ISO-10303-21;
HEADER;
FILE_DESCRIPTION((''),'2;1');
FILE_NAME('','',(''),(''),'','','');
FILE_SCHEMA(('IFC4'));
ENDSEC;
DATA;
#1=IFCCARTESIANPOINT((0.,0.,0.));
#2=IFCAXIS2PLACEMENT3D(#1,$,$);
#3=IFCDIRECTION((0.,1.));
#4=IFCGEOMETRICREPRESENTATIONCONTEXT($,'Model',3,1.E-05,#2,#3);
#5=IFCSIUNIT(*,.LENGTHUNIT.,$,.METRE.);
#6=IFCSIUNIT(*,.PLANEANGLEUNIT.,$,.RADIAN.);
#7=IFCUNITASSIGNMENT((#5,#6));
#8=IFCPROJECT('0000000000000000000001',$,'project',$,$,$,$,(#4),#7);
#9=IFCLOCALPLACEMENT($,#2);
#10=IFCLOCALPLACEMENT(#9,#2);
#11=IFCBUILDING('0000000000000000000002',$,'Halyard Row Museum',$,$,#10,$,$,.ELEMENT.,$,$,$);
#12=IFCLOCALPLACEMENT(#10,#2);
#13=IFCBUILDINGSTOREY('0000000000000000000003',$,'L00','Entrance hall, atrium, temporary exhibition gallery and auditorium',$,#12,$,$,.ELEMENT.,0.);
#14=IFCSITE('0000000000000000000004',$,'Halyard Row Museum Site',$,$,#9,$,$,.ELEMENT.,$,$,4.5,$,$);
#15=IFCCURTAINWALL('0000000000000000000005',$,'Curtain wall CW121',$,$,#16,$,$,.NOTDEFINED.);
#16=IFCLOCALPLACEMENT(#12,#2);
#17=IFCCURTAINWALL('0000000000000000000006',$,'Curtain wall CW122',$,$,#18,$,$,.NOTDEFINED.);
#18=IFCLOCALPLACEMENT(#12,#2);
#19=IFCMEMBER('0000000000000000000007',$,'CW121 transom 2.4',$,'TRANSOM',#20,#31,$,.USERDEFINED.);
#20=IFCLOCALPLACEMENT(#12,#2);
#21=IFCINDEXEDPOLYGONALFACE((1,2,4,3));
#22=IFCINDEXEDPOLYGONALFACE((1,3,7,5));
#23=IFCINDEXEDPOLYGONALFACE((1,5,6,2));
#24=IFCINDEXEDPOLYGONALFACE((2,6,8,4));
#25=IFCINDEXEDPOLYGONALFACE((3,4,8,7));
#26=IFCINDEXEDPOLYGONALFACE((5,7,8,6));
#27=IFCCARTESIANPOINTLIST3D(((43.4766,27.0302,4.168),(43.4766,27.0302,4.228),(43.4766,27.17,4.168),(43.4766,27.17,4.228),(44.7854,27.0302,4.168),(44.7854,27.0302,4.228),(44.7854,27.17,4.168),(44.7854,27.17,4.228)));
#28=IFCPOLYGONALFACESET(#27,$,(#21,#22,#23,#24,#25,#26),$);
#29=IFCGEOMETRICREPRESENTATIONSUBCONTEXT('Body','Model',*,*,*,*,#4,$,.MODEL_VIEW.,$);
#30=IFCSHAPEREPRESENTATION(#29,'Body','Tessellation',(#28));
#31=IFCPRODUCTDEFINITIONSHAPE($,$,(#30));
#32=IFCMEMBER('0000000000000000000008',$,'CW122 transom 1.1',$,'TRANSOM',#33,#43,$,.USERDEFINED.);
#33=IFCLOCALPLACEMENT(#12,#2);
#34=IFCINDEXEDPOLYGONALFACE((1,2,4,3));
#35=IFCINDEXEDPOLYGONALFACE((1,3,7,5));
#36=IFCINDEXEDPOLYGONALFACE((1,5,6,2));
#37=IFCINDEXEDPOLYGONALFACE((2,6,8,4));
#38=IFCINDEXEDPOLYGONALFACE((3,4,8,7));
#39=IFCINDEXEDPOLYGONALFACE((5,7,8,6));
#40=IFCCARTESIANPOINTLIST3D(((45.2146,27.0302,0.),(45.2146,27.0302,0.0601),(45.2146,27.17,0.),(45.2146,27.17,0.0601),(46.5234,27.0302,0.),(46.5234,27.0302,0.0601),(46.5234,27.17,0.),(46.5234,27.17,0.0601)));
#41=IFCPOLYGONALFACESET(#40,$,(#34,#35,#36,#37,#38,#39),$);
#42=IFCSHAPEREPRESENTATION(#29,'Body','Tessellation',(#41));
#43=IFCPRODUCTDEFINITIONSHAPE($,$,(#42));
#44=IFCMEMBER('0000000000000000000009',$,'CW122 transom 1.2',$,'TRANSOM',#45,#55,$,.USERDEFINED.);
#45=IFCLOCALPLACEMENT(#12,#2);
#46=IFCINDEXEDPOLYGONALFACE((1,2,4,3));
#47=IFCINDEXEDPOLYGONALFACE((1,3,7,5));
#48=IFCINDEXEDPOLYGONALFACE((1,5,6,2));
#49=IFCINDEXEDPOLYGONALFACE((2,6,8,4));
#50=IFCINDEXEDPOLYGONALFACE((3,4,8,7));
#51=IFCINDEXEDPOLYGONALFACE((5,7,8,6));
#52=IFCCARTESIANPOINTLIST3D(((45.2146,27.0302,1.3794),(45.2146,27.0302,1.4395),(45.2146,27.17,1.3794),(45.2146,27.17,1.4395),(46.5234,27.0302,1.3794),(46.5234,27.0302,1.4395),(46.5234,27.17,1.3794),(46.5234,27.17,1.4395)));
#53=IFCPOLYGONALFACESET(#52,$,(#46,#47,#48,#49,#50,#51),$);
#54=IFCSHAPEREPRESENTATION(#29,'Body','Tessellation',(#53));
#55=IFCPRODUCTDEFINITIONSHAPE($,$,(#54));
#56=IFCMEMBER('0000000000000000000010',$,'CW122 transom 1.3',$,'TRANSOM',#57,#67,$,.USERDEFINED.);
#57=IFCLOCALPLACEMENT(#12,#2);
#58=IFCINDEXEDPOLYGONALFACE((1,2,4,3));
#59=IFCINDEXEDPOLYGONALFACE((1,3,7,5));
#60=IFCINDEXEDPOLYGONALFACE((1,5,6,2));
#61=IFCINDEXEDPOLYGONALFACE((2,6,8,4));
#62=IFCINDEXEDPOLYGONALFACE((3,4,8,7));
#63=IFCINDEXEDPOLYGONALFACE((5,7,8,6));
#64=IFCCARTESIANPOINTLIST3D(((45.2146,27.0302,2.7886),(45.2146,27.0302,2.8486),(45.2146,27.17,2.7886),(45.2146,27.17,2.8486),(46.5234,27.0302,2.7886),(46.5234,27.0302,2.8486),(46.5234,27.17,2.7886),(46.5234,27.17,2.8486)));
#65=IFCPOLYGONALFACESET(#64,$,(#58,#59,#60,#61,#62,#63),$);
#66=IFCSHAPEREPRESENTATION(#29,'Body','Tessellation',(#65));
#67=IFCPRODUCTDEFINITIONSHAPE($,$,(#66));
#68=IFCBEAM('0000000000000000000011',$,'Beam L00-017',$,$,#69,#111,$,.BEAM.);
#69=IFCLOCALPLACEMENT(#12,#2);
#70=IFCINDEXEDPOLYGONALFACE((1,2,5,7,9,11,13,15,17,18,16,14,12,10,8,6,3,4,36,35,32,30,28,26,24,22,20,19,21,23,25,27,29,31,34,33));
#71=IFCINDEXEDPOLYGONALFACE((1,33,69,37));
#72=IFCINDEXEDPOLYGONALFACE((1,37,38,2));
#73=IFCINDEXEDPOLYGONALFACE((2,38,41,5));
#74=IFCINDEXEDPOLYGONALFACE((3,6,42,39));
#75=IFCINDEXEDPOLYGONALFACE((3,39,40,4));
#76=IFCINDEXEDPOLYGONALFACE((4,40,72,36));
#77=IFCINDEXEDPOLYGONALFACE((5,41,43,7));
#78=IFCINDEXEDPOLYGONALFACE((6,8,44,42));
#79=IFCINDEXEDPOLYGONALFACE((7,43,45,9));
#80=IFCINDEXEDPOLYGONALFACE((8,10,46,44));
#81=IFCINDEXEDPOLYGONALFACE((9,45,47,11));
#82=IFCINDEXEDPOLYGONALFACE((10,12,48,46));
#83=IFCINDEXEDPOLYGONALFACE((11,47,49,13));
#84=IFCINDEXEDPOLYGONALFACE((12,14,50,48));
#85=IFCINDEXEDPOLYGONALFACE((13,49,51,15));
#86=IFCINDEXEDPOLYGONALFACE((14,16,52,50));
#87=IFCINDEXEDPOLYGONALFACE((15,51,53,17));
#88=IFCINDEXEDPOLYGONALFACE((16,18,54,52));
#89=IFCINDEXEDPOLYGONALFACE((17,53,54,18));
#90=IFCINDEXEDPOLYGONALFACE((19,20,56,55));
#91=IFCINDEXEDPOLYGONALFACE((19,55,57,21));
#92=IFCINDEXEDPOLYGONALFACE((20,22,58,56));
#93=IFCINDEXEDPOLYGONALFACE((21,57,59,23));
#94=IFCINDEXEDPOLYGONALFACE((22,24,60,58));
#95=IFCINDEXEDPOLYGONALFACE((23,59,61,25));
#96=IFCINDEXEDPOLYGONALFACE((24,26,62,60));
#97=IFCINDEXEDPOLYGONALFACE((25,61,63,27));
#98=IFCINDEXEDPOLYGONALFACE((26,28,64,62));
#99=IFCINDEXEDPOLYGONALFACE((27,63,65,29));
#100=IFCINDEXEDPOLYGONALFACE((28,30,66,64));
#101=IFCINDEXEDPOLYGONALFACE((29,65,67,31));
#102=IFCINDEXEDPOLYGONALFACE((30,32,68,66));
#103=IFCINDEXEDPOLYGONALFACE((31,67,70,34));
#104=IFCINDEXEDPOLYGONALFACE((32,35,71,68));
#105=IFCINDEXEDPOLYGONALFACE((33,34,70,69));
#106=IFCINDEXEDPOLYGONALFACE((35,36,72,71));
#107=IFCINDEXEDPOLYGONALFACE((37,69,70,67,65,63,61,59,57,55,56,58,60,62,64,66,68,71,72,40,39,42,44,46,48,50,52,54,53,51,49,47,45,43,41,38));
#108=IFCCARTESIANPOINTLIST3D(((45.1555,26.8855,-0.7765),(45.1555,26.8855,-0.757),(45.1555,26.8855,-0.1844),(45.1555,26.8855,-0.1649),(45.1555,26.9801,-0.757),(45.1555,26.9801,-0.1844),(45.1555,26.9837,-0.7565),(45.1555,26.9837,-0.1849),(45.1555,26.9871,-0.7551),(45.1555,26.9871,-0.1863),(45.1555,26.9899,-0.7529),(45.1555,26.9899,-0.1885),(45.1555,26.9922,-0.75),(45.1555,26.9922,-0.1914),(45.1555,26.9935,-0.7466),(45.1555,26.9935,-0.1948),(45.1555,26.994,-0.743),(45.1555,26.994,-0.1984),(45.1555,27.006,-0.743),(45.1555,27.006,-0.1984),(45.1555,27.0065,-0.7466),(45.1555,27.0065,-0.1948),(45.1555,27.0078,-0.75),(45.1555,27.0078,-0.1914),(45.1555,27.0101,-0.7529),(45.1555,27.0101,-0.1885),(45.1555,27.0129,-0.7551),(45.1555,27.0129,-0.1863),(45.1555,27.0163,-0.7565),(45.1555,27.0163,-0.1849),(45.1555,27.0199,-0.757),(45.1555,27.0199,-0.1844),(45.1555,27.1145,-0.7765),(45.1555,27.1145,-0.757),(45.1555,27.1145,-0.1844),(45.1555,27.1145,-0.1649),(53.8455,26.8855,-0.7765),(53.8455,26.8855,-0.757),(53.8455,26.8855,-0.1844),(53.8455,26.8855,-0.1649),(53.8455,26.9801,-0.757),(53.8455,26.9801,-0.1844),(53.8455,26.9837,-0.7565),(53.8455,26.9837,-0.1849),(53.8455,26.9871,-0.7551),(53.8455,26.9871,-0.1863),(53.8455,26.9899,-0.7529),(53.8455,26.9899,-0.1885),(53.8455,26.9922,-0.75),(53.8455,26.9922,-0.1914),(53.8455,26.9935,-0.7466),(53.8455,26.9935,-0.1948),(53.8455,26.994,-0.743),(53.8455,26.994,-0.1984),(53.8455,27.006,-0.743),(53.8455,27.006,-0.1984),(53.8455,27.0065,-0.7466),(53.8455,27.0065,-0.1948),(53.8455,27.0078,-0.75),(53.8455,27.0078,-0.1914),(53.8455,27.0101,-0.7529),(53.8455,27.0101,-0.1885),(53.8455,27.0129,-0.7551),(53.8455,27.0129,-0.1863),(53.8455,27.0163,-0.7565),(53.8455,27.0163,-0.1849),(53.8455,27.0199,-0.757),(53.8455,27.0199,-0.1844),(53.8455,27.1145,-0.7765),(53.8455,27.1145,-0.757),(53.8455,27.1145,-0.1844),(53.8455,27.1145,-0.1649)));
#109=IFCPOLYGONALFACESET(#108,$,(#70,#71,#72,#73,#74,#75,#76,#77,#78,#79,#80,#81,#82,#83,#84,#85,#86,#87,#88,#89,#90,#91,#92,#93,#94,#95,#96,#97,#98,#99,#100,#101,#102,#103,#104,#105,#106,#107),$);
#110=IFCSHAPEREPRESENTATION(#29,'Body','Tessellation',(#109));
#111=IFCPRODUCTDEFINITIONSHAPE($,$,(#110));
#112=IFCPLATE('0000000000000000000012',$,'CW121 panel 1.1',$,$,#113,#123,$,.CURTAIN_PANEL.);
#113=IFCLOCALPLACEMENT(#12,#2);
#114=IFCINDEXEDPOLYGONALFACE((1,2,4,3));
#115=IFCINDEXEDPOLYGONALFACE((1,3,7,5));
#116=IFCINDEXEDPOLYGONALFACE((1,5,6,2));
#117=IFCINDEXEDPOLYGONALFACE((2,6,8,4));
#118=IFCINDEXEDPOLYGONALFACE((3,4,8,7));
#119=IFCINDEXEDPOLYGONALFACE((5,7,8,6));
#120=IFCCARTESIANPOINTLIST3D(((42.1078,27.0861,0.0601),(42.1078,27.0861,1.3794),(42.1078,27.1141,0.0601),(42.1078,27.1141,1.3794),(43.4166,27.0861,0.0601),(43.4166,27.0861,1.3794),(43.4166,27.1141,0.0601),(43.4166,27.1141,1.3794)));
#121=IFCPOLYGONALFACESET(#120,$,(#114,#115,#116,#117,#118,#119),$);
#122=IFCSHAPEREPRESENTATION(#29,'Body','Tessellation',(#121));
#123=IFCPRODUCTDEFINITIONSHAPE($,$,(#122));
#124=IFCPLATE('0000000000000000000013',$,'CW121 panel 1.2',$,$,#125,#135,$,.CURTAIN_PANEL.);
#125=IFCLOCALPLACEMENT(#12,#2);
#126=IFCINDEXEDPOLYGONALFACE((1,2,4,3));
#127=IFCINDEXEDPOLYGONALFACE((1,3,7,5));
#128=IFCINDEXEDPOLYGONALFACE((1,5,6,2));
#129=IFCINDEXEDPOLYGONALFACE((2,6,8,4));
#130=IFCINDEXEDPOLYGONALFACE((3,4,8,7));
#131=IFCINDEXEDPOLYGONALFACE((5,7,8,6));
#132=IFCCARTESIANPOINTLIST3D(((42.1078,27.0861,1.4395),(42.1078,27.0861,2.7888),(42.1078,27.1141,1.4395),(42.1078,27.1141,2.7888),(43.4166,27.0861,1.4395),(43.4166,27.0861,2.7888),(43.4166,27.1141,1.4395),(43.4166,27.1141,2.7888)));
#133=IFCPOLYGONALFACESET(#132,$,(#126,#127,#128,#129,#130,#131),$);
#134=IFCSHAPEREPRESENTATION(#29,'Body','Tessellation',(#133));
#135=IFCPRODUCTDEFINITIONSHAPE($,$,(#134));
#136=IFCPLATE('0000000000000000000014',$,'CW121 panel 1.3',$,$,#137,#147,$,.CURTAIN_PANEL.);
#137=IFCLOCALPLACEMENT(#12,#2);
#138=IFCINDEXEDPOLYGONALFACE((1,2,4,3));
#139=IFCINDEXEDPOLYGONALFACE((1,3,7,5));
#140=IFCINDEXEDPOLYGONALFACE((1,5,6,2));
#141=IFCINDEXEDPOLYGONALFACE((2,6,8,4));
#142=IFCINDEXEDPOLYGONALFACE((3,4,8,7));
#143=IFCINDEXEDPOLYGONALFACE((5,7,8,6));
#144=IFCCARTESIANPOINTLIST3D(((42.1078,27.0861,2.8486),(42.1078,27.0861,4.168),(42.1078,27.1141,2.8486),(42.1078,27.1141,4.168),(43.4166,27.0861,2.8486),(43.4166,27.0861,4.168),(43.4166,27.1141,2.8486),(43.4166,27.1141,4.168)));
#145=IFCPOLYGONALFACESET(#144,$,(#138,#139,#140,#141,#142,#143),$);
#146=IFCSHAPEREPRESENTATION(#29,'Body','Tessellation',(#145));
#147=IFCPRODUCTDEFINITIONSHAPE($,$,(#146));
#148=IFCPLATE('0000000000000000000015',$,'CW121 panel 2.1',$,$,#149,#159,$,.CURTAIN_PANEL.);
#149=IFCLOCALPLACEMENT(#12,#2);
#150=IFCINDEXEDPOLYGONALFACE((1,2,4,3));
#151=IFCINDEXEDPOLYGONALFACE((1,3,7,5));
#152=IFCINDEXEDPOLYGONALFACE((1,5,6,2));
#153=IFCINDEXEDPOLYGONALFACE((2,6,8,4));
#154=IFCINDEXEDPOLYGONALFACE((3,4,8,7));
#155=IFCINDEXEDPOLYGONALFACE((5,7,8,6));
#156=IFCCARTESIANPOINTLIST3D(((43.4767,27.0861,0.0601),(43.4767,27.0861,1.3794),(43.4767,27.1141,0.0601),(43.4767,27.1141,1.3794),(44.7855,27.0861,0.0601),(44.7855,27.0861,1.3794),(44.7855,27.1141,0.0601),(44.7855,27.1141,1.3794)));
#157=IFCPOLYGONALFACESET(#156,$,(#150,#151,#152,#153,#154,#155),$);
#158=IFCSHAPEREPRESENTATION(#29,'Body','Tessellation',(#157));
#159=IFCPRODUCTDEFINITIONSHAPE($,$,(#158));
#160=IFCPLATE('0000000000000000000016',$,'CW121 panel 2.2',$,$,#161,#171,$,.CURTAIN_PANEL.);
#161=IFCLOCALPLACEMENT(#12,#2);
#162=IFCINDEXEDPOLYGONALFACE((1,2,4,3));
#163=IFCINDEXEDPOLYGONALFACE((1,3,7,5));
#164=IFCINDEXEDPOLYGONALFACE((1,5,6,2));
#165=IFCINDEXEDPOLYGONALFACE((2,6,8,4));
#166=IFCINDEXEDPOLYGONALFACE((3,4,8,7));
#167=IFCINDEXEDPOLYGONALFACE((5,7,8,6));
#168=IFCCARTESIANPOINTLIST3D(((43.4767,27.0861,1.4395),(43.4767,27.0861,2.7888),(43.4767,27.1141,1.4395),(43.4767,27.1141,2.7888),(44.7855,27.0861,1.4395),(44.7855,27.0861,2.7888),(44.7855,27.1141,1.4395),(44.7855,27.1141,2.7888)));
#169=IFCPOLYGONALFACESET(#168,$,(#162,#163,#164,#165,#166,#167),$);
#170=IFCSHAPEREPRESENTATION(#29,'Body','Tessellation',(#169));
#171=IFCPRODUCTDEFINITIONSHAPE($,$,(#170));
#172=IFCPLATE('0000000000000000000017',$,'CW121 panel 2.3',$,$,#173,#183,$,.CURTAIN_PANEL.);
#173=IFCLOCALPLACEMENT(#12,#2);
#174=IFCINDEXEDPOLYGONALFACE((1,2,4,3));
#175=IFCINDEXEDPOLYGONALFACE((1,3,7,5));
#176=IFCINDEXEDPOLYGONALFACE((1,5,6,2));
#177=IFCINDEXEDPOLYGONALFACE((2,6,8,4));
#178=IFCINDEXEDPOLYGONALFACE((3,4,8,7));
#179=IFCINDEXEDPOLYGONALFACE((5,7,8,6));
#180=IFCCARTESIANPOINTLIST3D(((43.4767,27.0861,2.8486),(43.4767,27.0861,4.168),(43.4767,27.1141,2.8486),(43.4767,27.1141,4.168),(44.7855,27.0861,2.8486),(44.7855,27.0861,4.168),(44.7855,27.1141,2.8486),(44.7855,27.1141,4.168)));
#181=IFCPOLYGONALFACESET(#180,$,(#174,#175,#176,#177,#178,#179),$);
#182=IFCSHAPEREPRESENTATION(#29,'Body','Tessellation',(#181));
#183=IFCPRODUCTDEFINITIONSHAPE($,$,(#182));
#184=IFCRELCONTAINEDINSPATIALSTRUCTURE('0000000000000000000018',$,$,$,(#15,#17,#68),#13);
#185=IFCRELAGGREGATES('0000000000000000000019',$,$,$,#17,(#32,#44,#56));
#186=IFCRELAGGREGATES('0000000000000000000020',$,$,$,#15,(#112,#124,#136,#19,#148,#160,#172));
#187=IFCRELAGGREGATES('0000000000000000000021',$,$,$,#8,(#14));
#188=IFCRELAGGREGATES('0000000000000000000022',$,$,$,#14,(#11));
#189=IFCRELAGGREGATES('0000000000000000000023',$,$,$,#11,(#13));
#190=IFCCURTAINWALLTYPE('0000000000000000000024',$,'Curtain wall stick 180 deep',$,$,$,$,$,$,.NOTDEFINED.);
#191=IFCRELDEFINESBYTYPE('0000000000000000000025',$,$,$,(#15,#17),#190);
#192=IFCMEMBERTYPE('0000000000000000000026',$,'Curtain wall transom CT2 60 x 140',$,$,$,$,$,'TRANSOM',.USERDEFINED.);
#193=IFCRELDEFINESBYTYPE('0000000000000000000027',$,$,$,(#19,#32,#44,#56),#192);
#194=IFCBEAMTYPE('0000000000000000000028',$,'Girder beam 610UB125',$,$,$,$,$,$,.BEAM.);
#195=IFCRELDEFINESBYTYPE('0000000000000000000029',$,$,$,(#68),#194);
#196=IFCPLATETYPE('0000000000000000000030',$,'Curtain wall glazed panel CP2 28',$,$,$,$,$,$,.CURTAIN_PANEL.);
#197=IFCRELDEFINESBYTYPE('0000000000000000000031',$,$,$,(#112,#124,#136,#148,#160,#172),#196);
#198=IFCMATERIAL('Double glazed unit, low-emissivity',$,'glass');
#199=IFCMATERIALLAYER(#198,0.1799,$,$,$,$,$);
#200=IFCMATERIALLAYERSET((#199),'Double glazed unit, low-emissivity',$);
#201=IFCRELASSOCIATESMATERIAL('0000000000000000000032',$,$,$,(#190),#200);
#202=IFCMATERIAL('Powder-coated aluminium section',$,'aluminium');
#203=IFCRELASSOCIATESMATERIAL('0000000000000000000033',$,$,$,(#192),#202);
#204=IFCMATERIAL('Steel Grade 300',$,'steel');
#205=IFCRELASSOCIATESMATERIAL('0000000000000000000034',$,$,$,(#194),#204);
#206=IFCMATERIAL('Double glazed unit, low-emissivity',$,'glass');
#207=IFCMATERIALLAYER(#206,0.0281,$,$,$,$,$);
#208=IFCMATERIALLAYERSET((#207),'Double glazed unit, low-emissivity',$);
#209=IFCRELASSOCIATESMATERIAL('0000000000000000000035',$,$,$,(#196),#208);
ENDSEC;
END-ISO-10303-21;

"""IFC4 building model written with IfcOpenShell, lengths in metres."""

from ifc_helpers import new_model, si_unit, direction, frame, origin, origin_2d, place, context, subcontext, project, spatial, rectangle, i_section, extrude, material, layer, layer_set, material_profile, profile_set, type_object, element, aggregate, save


model = new_model("IFC4")

# Units and contexts
model_context = context("Model", 3, precision=1e-05, world=origin(), true_north=direction((0.0, 1.0)))
body_context = subcontext(model_context, "Body", "Model", "MODEL_VIEW")
ifc_project = project(units=[si_unit("LENGTHUNIT", "METRE"), si_unit("PLANEANGLEUNIT", "RADIAN")], contexts=[model_context])

# Site, building, storey
site_placement = place(None, origin())
site = spatial("IfcSite", under=ifc_project, at=site_placement, Name="Halyard Row Museum Site", CompositionType="ELEMENT", RefElevation=4.5)
building_placement = place(site_placement, origin())
building = spatial("IfcBuilding", under=site, at=building_placement, Name="Halyard Row Museum", CompositionType="ELEMENT")
storey_placement = place(building_placement, origin())
storey = spatial("IfcBuildingStorey", under=building, at=storey_placement, Name="L00", Description="Entrance hall, atrium, temporary exhibition gallery and auditorium", CompositionType="ELEMENT", Elevation=0.0)

# Curtain wall
ifc_material_1 = material(Name="Double glazed unit, low-emissivity", Category="glass")
ifc_layer_1 = layer(ifc_material_1, 0.1799)
ifc_layer_set_1 = layer_set([ifc_layer_1], Name="Double glazed unit, low-emissivity")
curtain_wall_type = type_object("IfcCurtainWallType", Name="Curtain wall stick 180 deep", PredefinedType="NOTDEFINED", material=ifc_layer_set_1)
curtain_wall_1_placement = place(storey_placement, origin())
curtain_wall_1 = element("IfcCurtainWall", 1, at=curtain_wall_1_placement, inside=storey, type_object=curtain_wall_type, Name="Curtain wall CW121", PredefinedType="NOTDEFINED")

# Curtain wall
curtain_wall_2_placement = place(storey_placement, origin())
curtain_wall_2 = element("IfcCurtainWall", 2, at=curtain_wall_2_placement, inside=storey, type_object=curtain_wall_type, Name="Curtain wall CW122", PredefinedType="NOTDEFINED")

# Members
ifc_material_2 = material(Name="Powder-coated aluminium section", Category="aluminium")
ifc_material_profile_1 = material_profile(ifc_material_2, rectangle(XDim=0.1399, YDim=0.0601, at=origin_2d()), Name="140x60 transom")
ifc_profile_set_1 = profile_set([ifc_material_profile_1], Name="Powder-coated aluminium section")
member_type_1 = type_object("IfcMemberType", Name="Curtain wall transom CT2 60 x 140", ElementType="TRANSOM", PredefinedType="USERDEFINED", material=ifc_profile_set_1)
member_1_placement = place(storey_placement, frame((43.4766, 27.1001, 4.198), z_axis=(1.0, 0.0, 0.0), x_axis=(0.0, 1.0, 0.0)))
member_1 = element("IfcMember", 3, at=member_1_placement, type_object=member_type_1, Name="CW121 transom 2.4", ObjectType="TRANSOM", PredefinedType="USERDEFINED", context=body_context, shape_type="SweptSolid", body=[
    extrude(rectangle(XDim=0.1399, YDim=0.0601, at=origin_2d()), origin(), (0.0, 0.0, 1.0), 1.3088),
])
member_2_placement = place(storey_placement, frame((45.2146, 27.1001, 0.03), z_axis=(1.0, 0.0, 0.0), x_axis=(0.0, 1.0, 0.0)))
member_2 = element("IfcMember", 4, at=member_2_placement, type_object=member_type_1, Name="CW122 transom 1.1", ObjectType="TRANSOM", PredefinedType="USERDEFINED", context=body_context, shape_type="SweptSolid", body=[
    extrude(rectangle(XDim=0.1399, YDim=0.0601, at=origin_2d()), origin(), (0.0, 0.0, 1.0), 1.3088),
])
member_3_placement = place(storey_placement, frame((45.2146, 27.1001, 1.4094), z_axis=(1.0, 0.0, 0.0), x_axis=(0.0, 1.0, 0.0)))
member_3 = element("IfcMember", 5, at=member_3_placement, type_object=member_type_1, Name="CW122 transom 1.2", ObjectType="TRANSOM", PredefinedType="USERDEFINED", context=body_context, shape_type="SweptSolid", body=[
    extrude(rectangle(XDim=0.1399, YDim=0.0601, at=origin_2d()), origin(), (0.0, 0.0, 1.0), 1.3088),
])
member_4_placement = place(storey_placement, frame((45.2146, 27.1001, 2.8186), z_axis=(1.0, 0.0, 0.0), x_axis=(0.0, 1.0, 0.0)))
member_4 = element("IfcMember", 6, at=member_4_placement, type_object=member_type_1, Name="CW122 transom 1.3", ObjectType="TRANSOM", PredefinedType="USERDEFINED", context=body_context, shape_type="SweptSolid", body=[
    extrude(rectangle(XDim=0.1399, YDim=0.0601, at=origin_2d()), origin(), (0.0, 0.0, 1.0), 1.3088),
])
aggregate(curtain_wall_2, [member_2, member_3, member_4])

# Beam
ifc_material_3 = material(Name="Steel Grade 300", Category="steel")
ifc_material_profile_2 = material_profile(ifc_material_3, i_section(OverallWidth=0.229, OverallDepth=0.6116, WebThickness=0.012, FlangeThickness=0.0195, FilletRadius=0.0139, at=origin_2d()), Name="610UB125")
ifc_profile_set_2 = profile_set([ifc_material_profile_2], Name="Steel Grade 300")
beam_type = type_object("IfcBeamType", Name="Girder beam 610UB125", PredefinedType="BEAM", material=ifc_profile_set_2)
beam_placement = place(storey_placement, frame((45.1555, 27.0, -0.4707), z_axis=(1.0, 0.0, 0.0), x_axis=(0.0, 1.0, 0.0)))
element("IfcBeam", 7, at=beam_placement, inside=storey, type_object=beam_type, Name="Beam L00-017", PredefinedType="BEAM", context=body_context, shape_type="SweptSolid", body=[
    extrude(i_section(OverallWidth=0.229, OverallDepth=0.6116, WebThickness=0.012, FlangeThickness=0.0195, FilletRadius=0.0139, at=origin_2d()), origin(), (0.0, 0.0, 1.0), 8.6899),
])

# Plates
ifc_material_4 = material(Name="Double glazed unit, low-emissivity", Category="glass")
ifc_layer_2 = layer(ifc_material_4, 0.0281)
ifc_layer_set_2 = layer_set([ifc_layer_2], Name="Double glazed unit, low-emissivity")
plate_type = type_object("IfcPlateType", Name="Curtain wall glazed panel CP2 28", PredefinedType="CURTAIN_PANEL", material=ifc_layer_set_2)
plate_1_placement = place(storey_placement, frame((42.7622, 27.1001, 0.0601), z_axis=(0.0, 0.0, 1.0), x_axis=(1.0, 0.0, 0.0)))
plate_1 = element("IfcPlate", 8, at=plate_1_placement, type_object=plate_type, Name="CW121 panel 1.1", PredefinedType="CURTAIN_PANEL", context=body_context, shape_type="SweptSolid", body=[
    extrude(rectangle(XDim=1.3088, YDim=0.0281, at=origin_2d()), origin(), (0.0, 0.0, 1.0), 1.3193),
])
plate_2_placement = place(storey_placement, frame((42.7622, 27.1001, 1.4395), z_axis=(0.0, 0.0, 1.0), x_axis=(1.0, 0.0, 0.0)))
plate_2 = element("IfcPlate", 9, at=plate_2_placement, type_object=plate_type, Name="CW121 panel 1.2", PredefinedType="CURTAIN_PANEL", context=body_context, shape_type="SweptSolid", body=[
    extrude(rectangle(XDim=1.3088, YDim=0.0281, at=origin_2d()), origin(), (0.0, 0.0, 1.0), 1.3494),
])
plate_3_placement = place(storey_placement, frame((42.7622, 27.1001, 2.8486), z_axis=(0.0, 0.0, 1.0), x_axis=(1.0, 0.0, 0.0)))
plate_3 = element("IfcPlate", 10, at=plate_3_placement, type_object=plate_type, Name="CW121 panel 1.3", PredefinedType="CURTAIN_PANEL", context=body_context, shape_type="SweptSolid", body=[
    extrude(rectangle(XDim=1.3088, YDim=0.0281, at=origin_2d()), origin(), (0.0, 0.0, 1.0), 1.3193),
])
plate_4_placement = place(storey_placement, frame((44.1311, 27.1001, 0.0601), z_axis=(0.0, 0.0, 1.0), x_axis=(1.0, 0.0, 0.0)))
plate_4 = element("IfcPlate", 11, at=plate_4_placement, type_object=plate_type, Name="CW121 panel 2.1", PredefinedType="CURTAIN_PANEL", context=body_context, shape_type="SweptSolid", body=[
    extrude(rectangle(XDim=1.3088, YDim=0.0281, at=origin_2d()), origin(), (0.0, 0.0, 1.0), 1.3193),
])
plate_5_placement = place(storey_placement, frame((44.1311, 27.1001, 1.4395), z_axis=(0.0, 0.0, 1.0), x_axis=(1.0, 0.0, 0.0)))
plate_5 = element("IfcPlate", 12, at=plate_5_placement, type_object=plate_type, Name="CW121 panel 2.2", PredefinedType="CURTAIN_PANEL", context=body_context, shape_type="SweptSolid", body=[
    extrude(rectangle(XDim=1.3088, YDim=0.0281, at=origin_2d()), origin(), (0.0, 0.0, 1.0), 1.3494),
])
plate_6_placement = place(storey_placement, frame((44.1311, 27.1001, 2.8486), z_axis=(0.0, 0.0, 1.0), x_axis=(1.0, 0.0, 0.0)))
plate_6 = element("IfcPlate", 13, at=plate_6_placement, type_object=plate_type, Name="CW121 panel 2.3", PredefinedType="CURTAIN_PANEL", context=body_context, shape_type="SweptSolid", body=[
    extrude(rectangle(XDim=1.3088, YDim=0.0281, at=origin_2d()), origin(), (0.0, 0.0, 1.0), 1.3193),
])
aggregate(curtain_wall_1, [plate_1, plate_2, plate_3, member_1, plate_4, plate_5, plate_6])

save(model, "model.ifc")
